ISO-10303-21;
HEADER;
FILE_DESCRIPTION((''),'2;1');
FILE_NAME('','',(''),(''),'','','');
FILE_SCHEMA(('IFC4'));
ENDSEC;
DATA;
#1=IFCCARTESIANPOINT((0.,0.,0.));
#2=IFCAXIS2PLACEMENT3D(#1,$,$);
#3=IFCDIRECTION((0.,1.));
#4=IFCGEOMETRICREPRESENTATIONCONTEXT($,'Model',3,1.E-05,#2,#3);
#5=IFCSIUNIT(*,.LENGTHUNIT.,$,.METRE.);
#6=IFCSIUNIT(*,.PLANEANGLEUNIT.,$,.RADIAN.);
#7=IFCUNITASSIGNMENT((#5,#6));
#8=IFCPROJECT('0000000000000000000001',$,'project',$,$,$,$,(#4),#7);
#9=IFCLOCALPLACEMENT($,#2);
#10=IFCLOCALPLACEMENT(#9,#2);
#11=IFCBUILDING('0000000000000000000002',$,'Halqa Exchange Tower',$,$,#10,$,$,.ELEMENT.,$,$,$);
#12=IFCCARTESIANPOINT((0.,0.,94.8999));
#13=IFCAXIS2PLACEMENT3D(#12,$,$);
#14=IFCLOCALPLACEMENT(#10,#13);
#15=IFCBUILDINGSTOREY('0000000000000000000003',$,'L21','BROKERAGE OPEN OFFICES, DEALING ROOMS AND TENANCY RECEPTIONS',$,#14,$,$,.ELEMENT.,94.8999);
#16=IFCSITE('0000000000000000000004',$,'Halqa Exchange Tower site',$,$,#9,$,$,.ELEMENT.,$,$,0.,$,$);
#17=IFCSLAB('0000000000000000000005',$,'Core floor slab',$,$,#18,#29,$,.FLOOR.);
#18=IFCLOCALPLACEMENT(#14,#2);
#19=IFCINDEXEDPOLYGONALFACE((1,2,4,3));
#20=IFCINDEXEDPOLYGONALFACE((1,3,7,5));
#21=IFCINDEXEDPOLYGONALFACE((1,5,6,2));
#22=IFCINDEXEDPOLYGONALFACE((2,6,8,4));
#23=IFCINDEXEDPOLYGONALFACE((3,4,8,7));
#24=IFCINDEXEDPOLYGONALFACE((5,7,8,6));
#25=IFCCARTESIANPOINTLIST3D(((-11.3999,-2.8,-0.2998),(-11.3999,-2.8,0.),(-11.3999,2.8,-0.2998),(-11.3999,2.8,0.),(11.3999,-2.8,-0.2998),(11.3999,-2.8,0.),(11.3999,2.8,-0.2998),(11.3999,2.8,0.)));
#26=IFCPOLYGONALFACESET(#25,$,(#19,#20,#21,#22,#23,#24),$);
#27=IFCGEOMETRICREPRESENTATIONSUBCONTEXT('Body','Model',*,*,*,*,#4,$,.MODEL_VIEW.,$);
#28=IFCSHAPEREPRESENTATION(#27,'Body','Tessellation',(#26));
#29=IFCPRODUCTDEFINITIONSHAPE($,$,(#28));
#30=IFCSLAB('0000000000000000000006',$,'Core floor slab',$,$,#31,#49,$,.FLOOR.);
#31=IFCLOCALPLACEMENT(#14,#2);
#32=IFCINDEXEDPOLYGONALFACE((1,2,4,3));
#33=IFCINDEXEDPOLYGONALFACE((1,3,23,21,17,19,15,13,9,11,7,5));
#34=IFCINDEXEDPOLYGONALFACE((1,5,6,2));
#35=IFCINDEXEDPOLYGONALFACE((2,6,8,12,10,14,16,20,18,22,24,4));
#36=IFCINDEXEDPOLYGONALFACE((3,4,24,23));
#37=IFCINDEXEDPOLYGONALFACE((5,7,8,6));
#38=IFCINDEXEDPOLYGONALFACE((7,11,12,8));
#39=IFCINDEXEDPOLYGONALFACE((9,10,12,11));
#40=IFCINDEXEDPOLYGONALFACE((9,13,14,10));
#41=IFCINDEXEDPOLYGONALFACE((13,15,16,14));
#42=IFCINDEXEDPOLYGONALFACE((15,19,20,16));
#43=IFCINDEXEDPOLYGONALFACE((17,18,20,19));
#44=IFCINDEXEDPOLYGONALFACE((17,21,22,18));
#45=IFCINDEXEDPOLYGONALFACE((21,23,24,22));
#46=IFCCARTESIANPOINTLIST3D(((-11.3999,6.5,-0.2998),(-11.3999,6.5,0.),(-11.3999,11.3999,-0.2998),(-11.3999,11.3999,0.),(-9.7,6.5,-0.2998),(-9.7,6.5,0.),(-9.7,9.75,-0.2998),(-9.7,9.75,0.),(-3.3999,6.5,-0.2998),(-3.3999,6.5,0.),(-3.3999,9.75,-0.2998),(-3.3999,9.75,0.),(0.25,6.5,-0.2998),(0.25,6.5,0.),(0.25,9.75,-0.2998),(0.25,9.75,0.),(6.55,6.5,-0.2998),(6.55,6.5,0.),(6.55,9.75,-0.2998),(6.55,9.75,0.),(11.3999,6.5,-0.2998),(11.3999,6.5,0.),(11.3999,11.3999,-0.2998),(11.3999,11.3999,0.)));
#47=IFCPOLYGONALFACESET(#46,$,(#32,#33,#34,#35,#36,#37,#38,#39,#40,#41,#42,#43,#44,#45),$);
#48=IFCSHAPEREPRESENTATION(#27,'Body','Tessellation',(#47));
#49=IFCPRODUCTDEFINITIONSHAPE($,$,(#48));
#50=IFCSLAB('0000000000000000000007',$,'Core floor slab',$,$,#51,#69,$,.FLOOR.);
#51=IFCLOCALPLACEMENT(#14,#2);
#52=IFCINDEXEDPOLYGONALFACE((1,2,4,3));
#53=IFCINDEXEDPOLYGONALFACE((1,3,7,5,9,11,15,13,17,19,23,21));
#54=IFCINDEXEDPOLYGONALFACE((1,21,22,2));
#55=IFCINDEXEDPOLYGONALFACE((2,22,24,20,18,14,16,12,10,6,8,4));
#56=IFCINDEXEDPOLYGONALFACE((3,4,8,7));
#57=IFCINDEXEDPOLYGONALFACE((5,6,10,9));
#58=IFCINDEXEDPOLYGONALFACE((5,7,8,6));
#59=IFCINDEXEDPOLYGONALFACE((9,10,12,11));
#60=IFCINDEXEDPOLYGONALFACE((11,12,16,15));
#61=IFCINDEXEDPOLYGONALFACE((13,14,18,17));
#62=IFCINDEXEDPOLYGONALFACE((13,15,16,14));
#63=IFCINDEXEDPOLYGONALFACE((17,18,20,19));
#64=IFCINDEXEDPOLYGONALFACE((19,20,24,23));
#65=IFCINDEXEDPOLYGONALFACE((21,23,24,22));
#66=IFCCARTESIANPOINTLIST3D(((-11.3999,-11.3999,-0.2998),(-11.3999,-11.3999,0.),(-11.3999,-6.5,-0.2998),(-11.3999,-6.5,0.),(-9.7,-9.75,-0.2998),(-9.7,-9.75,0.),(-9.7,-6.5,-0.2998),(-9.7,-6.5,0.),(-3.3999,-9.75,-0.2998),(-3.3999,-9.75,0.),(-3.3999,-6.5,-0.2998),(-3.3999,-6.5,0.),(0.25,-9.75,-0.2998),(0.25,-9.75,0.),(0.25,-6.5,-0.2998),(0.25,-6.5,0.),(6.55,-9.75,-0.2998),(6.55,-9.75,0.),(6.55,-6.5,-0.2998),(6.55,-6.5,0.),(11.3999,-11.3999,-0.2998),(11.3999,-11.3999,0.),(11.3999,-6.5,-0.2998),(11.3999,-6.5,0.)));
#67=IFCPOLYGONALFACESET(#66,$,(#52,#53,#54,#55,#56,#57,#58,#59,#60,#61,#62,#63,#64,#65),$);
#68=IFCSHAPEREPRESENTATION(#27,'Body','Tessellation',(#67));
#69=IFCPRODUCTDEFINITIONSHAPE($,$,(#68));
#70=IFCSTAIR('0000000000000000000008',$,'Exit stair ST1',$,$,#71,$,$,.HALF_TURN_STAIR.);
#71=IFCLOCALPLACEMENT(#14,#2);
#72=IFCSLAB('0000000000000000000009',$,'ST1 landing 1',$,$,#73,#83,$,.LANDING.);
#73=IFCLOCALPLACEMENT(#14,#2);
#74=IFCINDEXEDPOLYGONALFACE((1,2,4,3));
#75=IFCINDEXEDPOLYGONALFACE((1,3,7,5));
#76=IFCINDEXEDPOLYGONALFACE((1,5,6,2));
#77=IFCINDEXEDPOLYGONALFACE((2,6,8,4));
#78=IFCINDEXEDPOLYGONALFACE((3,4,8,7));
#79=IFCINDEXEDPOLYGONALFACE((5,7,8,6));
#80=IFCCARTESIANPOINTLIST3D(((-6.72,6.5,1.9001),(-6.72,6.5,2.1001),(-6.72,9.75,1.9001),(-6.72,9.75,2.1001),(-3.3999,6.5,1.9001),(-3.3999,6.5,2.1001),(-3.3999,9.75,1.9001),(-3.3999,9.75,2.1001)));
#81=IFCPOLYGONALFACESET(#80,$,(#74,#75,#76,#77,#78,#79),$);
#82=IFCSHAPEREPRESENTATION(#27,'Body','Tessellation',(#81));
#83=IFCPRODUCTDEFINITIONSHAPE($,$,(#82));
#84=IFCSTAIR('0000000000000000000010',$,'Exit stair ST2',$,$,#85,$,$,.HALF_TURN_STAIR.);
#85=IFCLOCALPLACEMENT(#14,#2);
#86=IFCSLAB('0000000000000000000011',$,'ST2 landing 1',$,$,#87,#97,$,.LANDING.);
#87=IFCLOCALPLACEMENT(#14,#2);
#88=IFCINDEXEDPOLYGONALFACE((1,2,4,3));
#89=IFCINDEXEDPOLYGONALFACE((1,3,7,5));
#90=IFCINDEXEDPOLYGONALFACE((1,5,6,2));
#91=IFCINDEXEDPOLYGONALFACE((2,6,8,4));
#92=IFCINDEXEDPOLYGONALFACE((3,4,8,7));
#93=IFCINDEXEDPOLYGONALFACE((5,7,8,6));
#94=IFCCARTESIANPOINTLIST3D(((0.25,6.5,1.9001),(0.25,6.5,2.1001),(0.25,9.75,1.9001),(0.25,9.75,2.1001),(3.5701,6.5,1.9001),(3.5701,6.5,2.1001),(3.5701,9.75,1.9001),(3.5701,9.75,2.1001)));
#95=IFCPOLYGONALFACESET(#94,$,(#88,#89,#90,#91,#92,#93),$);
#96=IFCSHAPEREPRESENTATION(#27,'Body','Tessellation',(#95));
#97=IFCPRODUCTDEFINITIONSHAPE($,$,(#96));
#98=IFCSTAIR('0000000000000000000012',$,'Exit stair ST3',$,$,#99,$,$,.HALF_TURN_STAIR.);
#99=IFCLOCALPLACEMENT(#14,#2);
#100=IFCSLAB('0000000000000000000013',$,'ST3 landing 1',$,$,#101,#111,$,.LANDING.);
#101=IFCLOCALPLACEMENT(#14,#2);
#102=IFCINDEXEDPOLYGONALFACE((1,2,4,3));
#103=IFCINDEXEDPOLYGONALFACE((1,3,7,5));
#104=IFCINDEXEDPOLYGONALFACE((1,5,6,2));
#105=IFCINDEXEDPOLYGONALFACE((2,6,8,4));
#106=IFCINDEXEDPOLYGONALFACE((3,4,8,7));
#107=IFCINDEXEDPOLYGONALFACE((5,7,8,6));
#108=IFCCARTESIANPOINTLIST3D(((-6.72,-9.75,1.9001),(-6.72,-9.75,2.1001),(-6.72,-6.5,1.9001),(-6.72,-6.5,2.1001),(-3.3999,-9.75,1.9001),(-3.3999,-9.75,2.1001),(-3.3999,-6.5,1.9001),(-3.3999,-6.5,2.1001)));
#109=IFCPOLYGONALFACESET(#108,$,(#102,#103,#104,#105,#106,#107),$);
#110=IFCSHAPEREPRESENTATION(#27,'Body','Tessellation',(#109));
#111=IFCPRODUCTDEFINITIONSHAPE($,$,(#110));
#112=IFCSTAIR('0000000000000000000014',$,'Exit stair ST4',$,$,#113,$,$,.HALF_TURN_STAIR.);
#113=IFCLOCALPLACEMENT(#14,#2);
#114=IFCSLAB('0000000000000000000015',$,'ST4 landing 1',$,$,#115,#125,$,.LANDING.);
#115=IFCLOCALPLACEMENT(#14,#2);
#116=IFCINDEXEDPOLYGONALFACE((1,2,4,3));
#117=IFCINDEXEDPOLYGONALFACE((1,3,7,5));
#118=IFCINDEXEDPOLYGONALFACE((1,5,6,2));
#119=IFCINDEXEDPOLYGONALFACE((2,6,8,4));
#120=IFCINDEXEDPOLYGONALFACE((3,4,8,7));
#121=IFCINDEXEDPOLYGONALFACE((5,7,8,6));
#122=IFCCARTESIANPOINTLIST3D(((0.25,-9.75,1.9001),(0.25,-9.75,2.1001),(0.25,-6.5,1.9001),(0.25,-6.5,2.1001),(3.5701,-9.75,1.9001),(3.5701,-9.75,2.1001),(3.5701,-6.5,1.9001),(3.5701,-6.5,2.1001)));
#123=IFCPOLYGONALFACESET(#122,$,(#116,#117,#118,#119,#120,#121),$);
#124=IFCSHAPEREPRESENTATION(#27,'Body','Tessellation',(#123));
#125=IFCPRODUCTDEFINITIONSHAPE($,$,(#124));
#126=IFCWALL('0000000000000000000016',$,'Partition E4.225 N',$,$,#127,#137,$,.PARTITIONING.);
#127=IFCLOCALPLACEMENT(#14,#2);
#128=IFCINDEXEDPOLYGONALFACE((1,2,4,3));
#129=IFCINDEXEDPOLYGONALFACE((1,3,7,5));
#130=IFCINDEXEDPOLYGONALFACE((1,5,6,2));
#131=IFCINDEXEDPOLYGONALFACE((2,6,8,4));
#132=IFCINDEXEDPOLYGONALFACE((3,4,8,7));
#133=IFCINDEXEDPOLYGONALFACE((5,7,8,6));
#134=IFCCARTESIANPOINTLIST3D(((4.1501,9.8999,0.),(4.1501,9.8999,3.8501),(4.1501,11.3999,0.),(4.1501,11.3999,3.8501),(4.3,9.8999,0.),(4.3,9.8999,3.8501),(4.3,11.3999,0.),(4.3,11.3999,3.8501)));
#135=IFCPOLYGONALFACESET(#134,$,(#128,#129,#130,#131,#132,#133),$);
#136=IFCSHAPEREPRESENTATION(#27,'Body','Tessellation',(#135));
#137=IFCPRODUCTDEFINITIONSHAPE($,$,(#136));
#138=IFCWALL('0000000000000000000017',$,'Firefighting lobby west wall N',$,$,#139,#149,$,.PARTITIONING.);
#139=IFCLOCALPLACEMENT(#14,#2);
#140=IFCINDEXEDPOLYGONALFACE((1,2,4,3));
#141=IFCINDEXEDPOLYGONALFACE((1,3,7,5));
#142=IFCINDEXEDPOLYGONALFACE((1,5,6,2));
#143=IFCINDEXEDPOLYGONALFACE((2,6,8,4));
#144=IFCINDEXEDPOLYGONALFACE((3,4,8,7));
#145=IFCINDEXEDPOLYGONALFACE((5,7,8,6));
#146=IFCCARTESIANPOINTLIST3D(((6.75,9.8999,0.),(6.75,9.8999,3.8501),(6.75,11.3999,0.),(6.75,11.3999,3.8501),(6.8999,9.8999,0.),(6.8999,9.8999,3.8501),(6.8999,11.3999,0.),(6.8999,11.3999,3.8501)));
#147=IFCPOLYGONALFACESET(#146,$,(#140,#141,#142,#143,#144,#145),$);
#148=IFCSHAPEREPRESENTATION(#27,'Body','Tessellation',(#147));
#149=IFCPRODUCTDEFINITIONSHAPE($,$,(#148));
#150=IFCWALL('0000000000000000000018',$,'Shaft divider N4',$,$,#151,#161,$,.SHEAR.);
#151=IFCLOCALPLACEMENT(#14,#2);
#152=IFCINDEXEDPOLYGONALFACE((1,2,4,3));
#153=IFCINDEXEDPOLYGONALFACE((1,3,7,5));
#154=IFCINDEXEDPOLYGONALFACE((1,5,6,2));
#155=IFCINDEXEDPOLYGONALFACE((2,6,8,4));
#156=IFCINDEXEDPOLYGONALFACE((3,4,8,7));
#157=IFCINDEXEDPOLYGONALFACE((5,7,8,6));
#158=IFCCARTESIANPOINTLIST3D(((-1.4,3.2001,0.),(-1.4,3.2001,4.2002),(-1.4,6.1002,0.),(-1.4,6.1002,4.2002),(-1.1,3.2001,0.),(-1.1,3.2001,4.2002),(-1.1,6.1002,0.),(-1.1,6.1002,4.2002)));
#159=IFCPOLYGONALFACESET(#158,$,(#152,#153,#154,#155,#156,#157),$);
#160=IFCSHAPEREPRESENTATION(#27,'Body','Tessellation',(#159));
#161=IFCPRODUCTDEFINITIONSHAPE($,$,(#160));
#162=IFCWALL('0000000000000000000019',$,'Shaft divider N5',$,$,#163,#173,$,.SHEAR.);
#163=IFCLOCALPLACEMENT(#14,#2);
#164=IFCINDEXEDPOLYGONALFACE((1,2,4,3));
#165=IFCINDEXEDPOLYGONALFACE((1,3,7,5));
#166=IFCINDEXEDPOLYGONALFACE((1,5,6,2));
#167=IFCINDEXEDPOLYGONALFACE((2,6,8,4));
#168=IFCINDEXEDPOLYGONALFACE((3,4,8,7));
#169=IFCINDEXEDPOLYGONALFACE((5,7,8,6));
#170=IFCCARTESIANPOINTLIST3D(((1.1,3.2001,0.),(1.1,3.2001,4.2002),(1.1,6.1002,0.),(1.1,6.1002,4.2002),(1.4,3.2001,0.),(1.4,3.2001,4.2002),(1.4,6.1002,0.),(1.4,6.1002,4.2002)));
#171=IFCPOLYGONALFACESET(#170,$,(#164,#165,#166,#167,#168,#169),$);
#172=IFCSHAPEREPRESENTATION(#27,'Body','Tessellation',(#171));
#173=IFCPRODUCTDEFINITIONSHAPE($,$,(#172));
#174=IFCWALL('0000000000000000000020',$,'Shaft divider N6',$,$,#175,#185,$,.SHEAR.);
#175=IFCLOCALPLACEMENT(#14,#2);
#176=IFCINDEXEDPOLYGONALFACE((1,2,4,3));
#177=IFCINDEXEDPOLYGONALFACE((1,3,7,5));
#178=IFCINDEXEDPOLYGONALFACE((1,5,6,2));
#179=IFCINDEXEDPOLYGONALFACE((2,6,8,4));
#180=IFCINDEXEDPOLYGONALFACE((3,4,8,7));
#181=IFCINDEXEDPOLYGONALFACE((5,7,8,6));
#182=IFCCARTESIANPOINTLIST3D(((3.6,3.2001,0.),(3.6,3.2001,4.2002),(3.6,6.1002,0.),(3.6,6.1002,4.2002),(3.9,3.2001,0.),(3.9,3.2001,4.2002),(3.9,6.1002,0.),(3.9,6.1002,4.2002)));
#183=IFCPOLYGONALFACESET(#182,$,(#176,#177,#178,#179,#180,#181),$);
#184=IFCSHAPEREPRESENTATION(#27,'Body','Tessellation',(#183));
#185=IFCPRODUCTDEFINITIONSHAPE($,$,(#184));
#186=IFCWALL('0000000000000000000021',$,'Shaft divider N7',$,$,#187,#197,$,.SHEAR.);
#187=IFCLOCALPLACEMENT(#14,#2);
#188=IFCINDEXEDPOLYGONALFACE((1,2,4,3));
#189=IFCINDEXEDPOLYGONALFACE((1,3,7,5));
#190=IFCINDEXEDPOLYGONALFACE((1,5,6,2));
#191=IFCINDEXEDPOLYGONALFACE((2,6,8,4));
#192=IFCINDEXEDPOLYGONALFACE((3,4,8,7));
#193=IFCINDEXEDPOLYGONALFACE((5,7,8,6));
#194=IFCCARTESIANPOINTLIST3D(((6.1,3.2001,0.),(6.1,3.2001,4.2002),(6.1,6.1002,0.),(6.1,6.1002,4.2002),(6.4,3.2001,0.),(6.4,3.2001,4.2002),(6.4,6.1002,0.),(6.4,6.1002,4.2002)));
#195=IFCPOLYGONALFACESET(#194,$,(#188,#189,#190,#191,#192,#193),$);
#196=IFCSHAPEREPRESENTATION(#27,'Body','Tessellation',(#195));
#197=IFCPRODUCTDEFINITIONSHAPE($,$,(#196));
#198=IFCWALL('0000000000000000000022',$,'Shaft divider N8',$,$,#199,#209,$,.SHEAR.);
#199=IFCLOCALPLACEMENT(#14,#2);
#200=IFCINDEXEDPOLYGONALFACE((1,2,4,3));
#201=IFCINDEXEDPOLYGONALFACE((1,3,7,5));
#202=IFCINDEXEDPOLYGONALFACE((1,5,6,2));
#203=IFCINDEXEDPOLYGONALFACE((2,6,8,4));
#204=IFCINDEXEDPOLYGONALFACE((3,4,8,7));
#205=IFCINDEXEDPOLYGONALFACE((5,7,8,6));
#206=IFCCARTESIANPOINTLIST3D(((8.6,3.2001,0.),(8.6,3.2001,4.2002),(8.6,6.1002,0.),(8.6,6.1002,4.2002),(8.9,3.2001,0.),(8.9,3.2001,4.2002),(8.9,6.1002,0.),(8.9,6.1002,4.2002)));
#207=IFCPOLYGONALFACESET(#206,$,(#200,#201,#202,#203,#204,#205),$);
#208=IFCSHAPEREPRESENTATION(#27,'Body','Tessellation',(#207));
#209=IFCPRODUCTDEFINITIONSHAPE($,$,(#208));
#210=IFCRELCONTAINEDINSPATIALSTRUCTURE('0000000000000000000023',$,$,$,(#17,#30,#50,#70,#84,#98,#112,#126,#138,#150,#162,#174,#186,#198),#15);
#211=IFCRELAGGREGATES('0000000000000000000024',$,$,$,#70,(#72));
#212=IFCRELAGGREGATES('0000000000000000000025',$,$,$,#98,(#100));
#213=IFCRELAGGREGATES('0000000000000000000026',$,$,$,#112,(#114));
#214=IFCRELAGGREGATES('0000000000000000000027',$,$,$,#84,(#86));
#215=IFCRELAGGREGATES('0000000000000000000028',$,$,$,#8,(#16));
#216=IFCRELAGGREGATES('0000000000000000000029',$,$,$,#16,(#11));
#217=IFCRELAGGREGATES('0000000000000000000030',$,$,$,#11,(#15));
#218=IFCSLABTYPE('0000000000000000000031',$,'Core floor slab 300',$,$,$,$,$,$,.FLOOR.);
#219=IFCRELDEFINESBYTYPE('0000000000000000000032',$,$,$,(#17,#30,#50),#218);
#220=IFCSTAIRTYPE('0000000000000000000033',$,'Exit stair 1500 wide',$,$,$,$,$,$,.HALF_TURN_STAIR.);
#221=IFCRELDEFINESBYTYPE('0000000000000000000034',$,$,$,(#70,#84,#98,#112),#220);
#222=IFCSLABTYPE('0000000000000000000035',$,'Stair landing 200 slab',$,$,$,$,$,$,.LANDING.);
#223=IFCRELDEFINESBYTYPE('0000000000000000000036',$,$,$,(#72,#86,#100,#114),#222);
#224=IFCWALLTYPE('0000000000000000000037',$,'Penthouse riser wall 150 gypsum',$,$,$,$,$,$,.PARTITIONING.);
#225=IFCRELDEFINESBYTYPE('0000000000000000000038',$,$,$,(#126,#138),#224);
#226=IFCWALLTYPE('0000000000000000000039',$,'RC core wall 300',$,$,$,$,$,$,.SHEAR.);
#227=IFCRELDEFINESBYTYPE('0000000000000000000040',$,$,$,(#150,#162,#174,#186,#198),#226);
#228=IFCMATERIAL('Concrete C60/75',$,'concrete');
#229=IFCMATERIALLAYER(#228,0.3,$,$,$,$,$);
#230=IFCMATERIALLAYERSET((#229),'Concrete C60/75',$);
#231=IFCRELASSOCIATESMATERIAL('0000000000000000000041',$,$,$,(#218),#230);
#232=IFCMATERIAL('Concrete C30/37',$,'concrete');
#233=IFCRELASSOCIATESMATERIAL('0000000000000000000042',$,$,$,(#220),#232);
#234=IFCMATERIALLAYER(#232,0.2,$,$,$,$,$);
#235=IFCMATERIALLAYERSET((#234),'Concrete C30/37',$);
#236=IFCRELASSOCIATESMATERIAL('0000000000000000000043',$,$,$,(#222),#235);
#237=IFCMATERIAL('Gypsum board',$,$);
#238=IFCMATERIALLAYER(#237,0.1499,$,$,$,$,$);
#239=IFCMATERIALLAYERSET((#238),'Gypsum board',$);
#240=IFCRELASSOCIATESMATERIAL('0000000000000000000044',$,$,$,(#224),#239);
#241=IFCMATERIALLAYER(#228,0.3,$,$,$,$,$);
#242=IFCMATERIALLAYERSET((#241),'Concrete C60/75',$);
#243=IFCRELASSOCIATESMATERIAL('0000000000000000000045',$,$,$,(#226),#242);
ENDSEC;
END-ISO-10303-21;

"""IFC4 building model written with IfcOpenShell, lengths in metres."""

from ifc_helpers import new_model, si_unit, direction, frame, frame_2d, origin, place, context, subcontext, project, spatial, polyline, rectangle, outline, extrude, material, layer, layer_set, type_object, element, aggregate, save


model = new_model("IFC4")

# Units and contexts
model_context = context("Model", 3, precision=1e-05, world=origin(), true_north=direction((0.0, 1.0)))
body_context = subcontext(model_context, "Body", "Model", "MODEL_VIEW")
ifc_project = project(units=[si_unit("LENGTHUNIT", "METRE"), si_unit("PLANEANGLEUNIT", "RADIAN")], contexts=[model_context])

# Site, building, storey
site_placement = place(None, origin())
site = spatial("IfcSite", under=ifc_project, at=site_placement, Name="Halqa Exchange Tower site", CompositionType="ELEMENT", RefElevation=0.0)
building_placement = place(site_placement, origin())
building = spatial("IfcBuilding", under=site, at=building_placement, Name="Halqa Exchange Tower", CompositionType="ELEMENT")
storey_placement = place(building_placement, frame((0.0, 0.0, 94.8999)))
storey = spatial("IfcBuildingStorey", under=building, at=storey_placement, Name="L21", Description="BROKERAGE OPEN OFFICES, DEALING ROOMS AND TENANCY RECEPTIONS", CompositionType="ELEMENT", Elevation=94.8999)

# Shared definitions
ifc_material_1 = material(Name="Concrete C60/75", Category="concrete")

# Slabs
ifc_layer_1 = layer(ifc_material_1, 0.3)
ifc_layer_set_1 = layer_set([ifc_layer_1], Name="Concrete C60/75")
slab_type_1 = type_object("IfcSlabType", Name="Core floor slab 300", PredefinedType="FLOOR", material=ifc_layer_set_1)
slab_1_placement = place(storey_placement, frame((0.0, 0.0, -0.2998)))
element("IfcSlab", 1, at=slab_1_placement, inside=storey, type_object=slab_type_1, Name="Core floor slab", PredefinedType="FLOOR", context=body_context, shape_type="SweptSolid", body=[
    extrude(outline(polyline([(-11.3999, 2.8), (11.3999, 2.8), (11.3999, -2.8), (-11.3999, -2.8), (-11.3999, 2.8)])), origin(), (0.0, 0.0, 1.0), 0.2998),
])
slab_2_placement = place(storey_placement, frame((0.0, 0.0, -0.2998)))
element("IfcSlab", 2, at=slab_2_placement, inside=storey, type_object=slab_type_1, Name="Core floor slab", PredefinedType="FLOOR", context=body_context, shape_type="SweptSolid", body=[
    extrude(outline(polyline([(-11.3999, 11.3999), (11.3999, 11.3999), (11.3999, 6.5), (6.55, 6.5), (6.55, 9.75), (0.25, 9.75), (0.25, 6.5), (-3.3999, 6.5), (-3.3999, 9.75), (-9.7, 9.75), (-9.7, 6.5), (-11.3999, 6.5), (-11.3999, 11.3999)])), origin(), (0.0, 0.0, 1.0), 0.2998),
])
slab_3_placement = place(storey_placement, frame((0.0, 0.0, -0.2998)))
element("IfcSlab", 3, at=slab_3_placement, inside=storey, type_object=slab_type_1, Name="Core floor slab", PredefinedType="FLOOR", context=body_context, shape_type="SweptSolid", body=[
    extrude(outline(polyline([(-9.7, -9.75), (-3.3999, -9.75), (-3.3999, -6.5), (0.25, -6.5), (0.25, -9.75), (6.55, -9.75), (6.55, -6.5), (11.3999, -6.5), (11.3999, -11.3999), (-11.3999, -11.3999), (-11.3999, -6.5), (-9.7, -6.5), (-9.7, -9.75)])), origin(), (0.0, 0.0, 1.0), 0.2998),
])

# Stairs, slabs
ifc_material_2 = material(Name="Concrete C30/37", Category="concrete")
stair_type = type_object("IfcStairType", Name="Exit stair 1500 wide", PredefinedType="HALF_TURN_STAIR", material=ifc_material_2)
stair_1_placement = place(storey_placement, origin())
stair_1 = element("IfcStair", 4, at=stair_1_placement, inside=storey, type_object=stair_type, Name="Exit stair ST1", PredefinedType="HALF_TURN_STAIR")
ifc_layer_2 = layer(ifc_material_2, 0.2)
ifc_layer_set_2 = layer_set([ifc_layer_2], Name="Concrete C30/37")
slab_type_2 = type_object("IfcSlabType", Name="Stair landing 200 slab", PredefinedType="LANDING", material=ifc_layer_set_2)
slab_4_placement = place(storey_placement, frame((0.0, 0.0, 1.9001)))
slab_4 = element("IfcSlab", 5, at=slab_4_placement, type_object=slab_type_2, Name="ST1 landing 1", PredefinedType="LANDING", context=body_context, shape_type="SweptSolid", body=[
    extrude(outline(polyline([(-6.72, 6.5), (-3.3999, 6.5), (-3.3999, 9.75), (-6.72, 9.75), (-6.72, 6.5)])), origin(), (0.0, 0.0, 1.0), 0.2),
])
aggregate(stair_1, [slab_4])
stair_2_placement = place(storey_placement, origin())
stair_2 = element("IfcStair", 6, at=stair_2_placement, inside=storey, type_object=stair_type, Name="Exit stair ST2", PredefinedType="HALF_TURN_STAIR")
slab_5_placement = place(storey_placement, frame((0.0, 0.0, 1.9001)))
slab_5 = element("IfcSlab", 7, at=slab_5_placement, type_object=slab_type_2, Name="ST2 landing 1", PredefinedType="LANDING", context=body_context, shape_type="SweptSolid", body=[
    extrude(outline(polyline([(0.25, 6.5), (3.5701, 6.5), (3.5701, 9.75), (0.25, 9.75), (0.25, 6.5)])), origin(), (0.0, 0.0, 1.0), 0.2),
])
stair_3_placement = place(storey_placement, origin())
stair_3 = element("IfcStair", 8, at=stair_3_placement, inside=storey, type_object=stair_type, Name="Exit stair ST3", PredefinedType="HALF_TURN_STAIR")
slab_6_placement = place(storey_placement, frame((0.0, 0.0, 1.9001)))
slab_6 = element("IfcSlab", 9, at=slab_6_placement, type_object=slab_type_2, Name="ST3 landing 1", PredefinedType="LANDING", context=body_context, shape_type="SweptSolid", body=[
    extrude(outline(polyline([(-6.72, -9.75), (-3.3999, -9.75), (-3.3999, -6.5), (-6.72, -6.5), (-6.72, -9.75)])), origin(), (0.0, 0.0, 1.0), 0.2),
])
aggregate(stair_3, [slab_6])
stair_4_placement = place(storey_placement, origin())
stair_4 = element("IfcStair", 10, at=stair_4_placement, inside=storey, type_object=stair_type, Name="Exit stair ST4", PredefinedType="HALF_TURN_STAIR")
slab_7_placement = place(storey_placement, frame((0.0, 0.0, 1.9001)))
slab_7 = element("IfcSlab", 11, at=slab_7_placement, type_object=slab_type_2, Name="ST4 landing 1", PredefinedType="LANDING", context=body_context, shape_type="SweptSolid", body=[
    extrude(outline(polyline([(0.25, -9.75), (3.5701, -9.75), (3.5701, -6.5), (0.25, -6.5), (0.25, -9.75)])), origin(), (0.0, 0.0, 1.0), 0.2),
])
aggregate(stair_4, [slab_7])

# Walls
ifc_material_3 = material(Name="Gypsum board")
ifc_layer_3 = layer(ifc_material_3, 0.1499)
ifc_layer_set_3 = layer_set([ifc_layer_3], Name="Gypsum board")
wall_type_1 = type_object("IfcWallType", Name="Penthouse riser wall 150 gypsum", PredefinedType="PARTITIONING", material=ifc_layer_set_3)
for number, where, z_axis, x_axis, name in (
    (12, (4.2251, 9.8999, 0.0), (0.0, 0.0, 1.0), (0.0, 1.0, 0.0), "Partition E4.225 N"),
    (13, (6.825, 9.8999, 0.0), (0.0, 0.0, 1.0), (0.0, 1.0, 0.0), "Firefighting lobby west wall N"),
):
    element("IfcWall", number, at=place(storey_placement, frame(where, z_axis=z_axis, x_axis=x_axis)), inside=storey, type_object=wall_type_1, Name=name, PredefinedType="PARTITIONING", context=body_context, shape_type="SweptSolid", body=[
        extrude(rectangle(XDim=1.5, YDim=0.1499, at=frame_2d((0.75, 0.0))), origin(), (0.0, 0.0, 1.0), 3.8501),
    ])
ifc_layer_4 = layer(ifc_material_1, 0.3)
ifc_layer_set_4 = layer_set([ifc_layer_4], Name="Concrete C60/75")
wall_type_2 = type_object("IfcWallType", Name="RC core wall 300", PredefinedType="SHEAR", material=ifc_layer_set_4)
for number, where, z_axis, x_axis, name in (
    (14, (-1.25, 3.2, 0.0), (0.0, 0.0, 1.0), (0.0, 1.0, 0.0), "Shaft divider N4"),
    (15, (1.25, 3.2, 0.0), (0.0, 0.0, 1.0), (0.0, 1.0, 0.0), "Shaft divider N5"),
    (16, (3.75, 3.2, 0.0), (0.0, 0.0, 1.0), (0.0, 1.0, 0.0), "Shaft divider N6"),
    (17, (6.25, 3.2, 0.0), (0.0, 0.0, 1.0), (0.0, 1.0, 0.0), "Shaft divider N7"),
    (18, (8.75, 3.2, 0.0), (0.0, 0.0, 1.0), (0.0, 1.0, 0.0), "Shaft divider N8"),
):
    element("IfcWall", number, at=place(storey_placement, frame(where, z_axis=z_axis, x_axis=x_axis)), inside=storey, type_object=wall_type_2, Name=name, PredefinedType="SHEAR", context=body_context, shape_type="SweptSolid", body=[
        extrude(rectangle(XDim=2.9001, YDim=0.3, at=frame_2d((1.4502, 0.0))), origin(), (0.0, 0.0, 1.0), 4.2002),
    ])

aggregate(stair_2, [slab_5])

save(model, "model.ifc")
